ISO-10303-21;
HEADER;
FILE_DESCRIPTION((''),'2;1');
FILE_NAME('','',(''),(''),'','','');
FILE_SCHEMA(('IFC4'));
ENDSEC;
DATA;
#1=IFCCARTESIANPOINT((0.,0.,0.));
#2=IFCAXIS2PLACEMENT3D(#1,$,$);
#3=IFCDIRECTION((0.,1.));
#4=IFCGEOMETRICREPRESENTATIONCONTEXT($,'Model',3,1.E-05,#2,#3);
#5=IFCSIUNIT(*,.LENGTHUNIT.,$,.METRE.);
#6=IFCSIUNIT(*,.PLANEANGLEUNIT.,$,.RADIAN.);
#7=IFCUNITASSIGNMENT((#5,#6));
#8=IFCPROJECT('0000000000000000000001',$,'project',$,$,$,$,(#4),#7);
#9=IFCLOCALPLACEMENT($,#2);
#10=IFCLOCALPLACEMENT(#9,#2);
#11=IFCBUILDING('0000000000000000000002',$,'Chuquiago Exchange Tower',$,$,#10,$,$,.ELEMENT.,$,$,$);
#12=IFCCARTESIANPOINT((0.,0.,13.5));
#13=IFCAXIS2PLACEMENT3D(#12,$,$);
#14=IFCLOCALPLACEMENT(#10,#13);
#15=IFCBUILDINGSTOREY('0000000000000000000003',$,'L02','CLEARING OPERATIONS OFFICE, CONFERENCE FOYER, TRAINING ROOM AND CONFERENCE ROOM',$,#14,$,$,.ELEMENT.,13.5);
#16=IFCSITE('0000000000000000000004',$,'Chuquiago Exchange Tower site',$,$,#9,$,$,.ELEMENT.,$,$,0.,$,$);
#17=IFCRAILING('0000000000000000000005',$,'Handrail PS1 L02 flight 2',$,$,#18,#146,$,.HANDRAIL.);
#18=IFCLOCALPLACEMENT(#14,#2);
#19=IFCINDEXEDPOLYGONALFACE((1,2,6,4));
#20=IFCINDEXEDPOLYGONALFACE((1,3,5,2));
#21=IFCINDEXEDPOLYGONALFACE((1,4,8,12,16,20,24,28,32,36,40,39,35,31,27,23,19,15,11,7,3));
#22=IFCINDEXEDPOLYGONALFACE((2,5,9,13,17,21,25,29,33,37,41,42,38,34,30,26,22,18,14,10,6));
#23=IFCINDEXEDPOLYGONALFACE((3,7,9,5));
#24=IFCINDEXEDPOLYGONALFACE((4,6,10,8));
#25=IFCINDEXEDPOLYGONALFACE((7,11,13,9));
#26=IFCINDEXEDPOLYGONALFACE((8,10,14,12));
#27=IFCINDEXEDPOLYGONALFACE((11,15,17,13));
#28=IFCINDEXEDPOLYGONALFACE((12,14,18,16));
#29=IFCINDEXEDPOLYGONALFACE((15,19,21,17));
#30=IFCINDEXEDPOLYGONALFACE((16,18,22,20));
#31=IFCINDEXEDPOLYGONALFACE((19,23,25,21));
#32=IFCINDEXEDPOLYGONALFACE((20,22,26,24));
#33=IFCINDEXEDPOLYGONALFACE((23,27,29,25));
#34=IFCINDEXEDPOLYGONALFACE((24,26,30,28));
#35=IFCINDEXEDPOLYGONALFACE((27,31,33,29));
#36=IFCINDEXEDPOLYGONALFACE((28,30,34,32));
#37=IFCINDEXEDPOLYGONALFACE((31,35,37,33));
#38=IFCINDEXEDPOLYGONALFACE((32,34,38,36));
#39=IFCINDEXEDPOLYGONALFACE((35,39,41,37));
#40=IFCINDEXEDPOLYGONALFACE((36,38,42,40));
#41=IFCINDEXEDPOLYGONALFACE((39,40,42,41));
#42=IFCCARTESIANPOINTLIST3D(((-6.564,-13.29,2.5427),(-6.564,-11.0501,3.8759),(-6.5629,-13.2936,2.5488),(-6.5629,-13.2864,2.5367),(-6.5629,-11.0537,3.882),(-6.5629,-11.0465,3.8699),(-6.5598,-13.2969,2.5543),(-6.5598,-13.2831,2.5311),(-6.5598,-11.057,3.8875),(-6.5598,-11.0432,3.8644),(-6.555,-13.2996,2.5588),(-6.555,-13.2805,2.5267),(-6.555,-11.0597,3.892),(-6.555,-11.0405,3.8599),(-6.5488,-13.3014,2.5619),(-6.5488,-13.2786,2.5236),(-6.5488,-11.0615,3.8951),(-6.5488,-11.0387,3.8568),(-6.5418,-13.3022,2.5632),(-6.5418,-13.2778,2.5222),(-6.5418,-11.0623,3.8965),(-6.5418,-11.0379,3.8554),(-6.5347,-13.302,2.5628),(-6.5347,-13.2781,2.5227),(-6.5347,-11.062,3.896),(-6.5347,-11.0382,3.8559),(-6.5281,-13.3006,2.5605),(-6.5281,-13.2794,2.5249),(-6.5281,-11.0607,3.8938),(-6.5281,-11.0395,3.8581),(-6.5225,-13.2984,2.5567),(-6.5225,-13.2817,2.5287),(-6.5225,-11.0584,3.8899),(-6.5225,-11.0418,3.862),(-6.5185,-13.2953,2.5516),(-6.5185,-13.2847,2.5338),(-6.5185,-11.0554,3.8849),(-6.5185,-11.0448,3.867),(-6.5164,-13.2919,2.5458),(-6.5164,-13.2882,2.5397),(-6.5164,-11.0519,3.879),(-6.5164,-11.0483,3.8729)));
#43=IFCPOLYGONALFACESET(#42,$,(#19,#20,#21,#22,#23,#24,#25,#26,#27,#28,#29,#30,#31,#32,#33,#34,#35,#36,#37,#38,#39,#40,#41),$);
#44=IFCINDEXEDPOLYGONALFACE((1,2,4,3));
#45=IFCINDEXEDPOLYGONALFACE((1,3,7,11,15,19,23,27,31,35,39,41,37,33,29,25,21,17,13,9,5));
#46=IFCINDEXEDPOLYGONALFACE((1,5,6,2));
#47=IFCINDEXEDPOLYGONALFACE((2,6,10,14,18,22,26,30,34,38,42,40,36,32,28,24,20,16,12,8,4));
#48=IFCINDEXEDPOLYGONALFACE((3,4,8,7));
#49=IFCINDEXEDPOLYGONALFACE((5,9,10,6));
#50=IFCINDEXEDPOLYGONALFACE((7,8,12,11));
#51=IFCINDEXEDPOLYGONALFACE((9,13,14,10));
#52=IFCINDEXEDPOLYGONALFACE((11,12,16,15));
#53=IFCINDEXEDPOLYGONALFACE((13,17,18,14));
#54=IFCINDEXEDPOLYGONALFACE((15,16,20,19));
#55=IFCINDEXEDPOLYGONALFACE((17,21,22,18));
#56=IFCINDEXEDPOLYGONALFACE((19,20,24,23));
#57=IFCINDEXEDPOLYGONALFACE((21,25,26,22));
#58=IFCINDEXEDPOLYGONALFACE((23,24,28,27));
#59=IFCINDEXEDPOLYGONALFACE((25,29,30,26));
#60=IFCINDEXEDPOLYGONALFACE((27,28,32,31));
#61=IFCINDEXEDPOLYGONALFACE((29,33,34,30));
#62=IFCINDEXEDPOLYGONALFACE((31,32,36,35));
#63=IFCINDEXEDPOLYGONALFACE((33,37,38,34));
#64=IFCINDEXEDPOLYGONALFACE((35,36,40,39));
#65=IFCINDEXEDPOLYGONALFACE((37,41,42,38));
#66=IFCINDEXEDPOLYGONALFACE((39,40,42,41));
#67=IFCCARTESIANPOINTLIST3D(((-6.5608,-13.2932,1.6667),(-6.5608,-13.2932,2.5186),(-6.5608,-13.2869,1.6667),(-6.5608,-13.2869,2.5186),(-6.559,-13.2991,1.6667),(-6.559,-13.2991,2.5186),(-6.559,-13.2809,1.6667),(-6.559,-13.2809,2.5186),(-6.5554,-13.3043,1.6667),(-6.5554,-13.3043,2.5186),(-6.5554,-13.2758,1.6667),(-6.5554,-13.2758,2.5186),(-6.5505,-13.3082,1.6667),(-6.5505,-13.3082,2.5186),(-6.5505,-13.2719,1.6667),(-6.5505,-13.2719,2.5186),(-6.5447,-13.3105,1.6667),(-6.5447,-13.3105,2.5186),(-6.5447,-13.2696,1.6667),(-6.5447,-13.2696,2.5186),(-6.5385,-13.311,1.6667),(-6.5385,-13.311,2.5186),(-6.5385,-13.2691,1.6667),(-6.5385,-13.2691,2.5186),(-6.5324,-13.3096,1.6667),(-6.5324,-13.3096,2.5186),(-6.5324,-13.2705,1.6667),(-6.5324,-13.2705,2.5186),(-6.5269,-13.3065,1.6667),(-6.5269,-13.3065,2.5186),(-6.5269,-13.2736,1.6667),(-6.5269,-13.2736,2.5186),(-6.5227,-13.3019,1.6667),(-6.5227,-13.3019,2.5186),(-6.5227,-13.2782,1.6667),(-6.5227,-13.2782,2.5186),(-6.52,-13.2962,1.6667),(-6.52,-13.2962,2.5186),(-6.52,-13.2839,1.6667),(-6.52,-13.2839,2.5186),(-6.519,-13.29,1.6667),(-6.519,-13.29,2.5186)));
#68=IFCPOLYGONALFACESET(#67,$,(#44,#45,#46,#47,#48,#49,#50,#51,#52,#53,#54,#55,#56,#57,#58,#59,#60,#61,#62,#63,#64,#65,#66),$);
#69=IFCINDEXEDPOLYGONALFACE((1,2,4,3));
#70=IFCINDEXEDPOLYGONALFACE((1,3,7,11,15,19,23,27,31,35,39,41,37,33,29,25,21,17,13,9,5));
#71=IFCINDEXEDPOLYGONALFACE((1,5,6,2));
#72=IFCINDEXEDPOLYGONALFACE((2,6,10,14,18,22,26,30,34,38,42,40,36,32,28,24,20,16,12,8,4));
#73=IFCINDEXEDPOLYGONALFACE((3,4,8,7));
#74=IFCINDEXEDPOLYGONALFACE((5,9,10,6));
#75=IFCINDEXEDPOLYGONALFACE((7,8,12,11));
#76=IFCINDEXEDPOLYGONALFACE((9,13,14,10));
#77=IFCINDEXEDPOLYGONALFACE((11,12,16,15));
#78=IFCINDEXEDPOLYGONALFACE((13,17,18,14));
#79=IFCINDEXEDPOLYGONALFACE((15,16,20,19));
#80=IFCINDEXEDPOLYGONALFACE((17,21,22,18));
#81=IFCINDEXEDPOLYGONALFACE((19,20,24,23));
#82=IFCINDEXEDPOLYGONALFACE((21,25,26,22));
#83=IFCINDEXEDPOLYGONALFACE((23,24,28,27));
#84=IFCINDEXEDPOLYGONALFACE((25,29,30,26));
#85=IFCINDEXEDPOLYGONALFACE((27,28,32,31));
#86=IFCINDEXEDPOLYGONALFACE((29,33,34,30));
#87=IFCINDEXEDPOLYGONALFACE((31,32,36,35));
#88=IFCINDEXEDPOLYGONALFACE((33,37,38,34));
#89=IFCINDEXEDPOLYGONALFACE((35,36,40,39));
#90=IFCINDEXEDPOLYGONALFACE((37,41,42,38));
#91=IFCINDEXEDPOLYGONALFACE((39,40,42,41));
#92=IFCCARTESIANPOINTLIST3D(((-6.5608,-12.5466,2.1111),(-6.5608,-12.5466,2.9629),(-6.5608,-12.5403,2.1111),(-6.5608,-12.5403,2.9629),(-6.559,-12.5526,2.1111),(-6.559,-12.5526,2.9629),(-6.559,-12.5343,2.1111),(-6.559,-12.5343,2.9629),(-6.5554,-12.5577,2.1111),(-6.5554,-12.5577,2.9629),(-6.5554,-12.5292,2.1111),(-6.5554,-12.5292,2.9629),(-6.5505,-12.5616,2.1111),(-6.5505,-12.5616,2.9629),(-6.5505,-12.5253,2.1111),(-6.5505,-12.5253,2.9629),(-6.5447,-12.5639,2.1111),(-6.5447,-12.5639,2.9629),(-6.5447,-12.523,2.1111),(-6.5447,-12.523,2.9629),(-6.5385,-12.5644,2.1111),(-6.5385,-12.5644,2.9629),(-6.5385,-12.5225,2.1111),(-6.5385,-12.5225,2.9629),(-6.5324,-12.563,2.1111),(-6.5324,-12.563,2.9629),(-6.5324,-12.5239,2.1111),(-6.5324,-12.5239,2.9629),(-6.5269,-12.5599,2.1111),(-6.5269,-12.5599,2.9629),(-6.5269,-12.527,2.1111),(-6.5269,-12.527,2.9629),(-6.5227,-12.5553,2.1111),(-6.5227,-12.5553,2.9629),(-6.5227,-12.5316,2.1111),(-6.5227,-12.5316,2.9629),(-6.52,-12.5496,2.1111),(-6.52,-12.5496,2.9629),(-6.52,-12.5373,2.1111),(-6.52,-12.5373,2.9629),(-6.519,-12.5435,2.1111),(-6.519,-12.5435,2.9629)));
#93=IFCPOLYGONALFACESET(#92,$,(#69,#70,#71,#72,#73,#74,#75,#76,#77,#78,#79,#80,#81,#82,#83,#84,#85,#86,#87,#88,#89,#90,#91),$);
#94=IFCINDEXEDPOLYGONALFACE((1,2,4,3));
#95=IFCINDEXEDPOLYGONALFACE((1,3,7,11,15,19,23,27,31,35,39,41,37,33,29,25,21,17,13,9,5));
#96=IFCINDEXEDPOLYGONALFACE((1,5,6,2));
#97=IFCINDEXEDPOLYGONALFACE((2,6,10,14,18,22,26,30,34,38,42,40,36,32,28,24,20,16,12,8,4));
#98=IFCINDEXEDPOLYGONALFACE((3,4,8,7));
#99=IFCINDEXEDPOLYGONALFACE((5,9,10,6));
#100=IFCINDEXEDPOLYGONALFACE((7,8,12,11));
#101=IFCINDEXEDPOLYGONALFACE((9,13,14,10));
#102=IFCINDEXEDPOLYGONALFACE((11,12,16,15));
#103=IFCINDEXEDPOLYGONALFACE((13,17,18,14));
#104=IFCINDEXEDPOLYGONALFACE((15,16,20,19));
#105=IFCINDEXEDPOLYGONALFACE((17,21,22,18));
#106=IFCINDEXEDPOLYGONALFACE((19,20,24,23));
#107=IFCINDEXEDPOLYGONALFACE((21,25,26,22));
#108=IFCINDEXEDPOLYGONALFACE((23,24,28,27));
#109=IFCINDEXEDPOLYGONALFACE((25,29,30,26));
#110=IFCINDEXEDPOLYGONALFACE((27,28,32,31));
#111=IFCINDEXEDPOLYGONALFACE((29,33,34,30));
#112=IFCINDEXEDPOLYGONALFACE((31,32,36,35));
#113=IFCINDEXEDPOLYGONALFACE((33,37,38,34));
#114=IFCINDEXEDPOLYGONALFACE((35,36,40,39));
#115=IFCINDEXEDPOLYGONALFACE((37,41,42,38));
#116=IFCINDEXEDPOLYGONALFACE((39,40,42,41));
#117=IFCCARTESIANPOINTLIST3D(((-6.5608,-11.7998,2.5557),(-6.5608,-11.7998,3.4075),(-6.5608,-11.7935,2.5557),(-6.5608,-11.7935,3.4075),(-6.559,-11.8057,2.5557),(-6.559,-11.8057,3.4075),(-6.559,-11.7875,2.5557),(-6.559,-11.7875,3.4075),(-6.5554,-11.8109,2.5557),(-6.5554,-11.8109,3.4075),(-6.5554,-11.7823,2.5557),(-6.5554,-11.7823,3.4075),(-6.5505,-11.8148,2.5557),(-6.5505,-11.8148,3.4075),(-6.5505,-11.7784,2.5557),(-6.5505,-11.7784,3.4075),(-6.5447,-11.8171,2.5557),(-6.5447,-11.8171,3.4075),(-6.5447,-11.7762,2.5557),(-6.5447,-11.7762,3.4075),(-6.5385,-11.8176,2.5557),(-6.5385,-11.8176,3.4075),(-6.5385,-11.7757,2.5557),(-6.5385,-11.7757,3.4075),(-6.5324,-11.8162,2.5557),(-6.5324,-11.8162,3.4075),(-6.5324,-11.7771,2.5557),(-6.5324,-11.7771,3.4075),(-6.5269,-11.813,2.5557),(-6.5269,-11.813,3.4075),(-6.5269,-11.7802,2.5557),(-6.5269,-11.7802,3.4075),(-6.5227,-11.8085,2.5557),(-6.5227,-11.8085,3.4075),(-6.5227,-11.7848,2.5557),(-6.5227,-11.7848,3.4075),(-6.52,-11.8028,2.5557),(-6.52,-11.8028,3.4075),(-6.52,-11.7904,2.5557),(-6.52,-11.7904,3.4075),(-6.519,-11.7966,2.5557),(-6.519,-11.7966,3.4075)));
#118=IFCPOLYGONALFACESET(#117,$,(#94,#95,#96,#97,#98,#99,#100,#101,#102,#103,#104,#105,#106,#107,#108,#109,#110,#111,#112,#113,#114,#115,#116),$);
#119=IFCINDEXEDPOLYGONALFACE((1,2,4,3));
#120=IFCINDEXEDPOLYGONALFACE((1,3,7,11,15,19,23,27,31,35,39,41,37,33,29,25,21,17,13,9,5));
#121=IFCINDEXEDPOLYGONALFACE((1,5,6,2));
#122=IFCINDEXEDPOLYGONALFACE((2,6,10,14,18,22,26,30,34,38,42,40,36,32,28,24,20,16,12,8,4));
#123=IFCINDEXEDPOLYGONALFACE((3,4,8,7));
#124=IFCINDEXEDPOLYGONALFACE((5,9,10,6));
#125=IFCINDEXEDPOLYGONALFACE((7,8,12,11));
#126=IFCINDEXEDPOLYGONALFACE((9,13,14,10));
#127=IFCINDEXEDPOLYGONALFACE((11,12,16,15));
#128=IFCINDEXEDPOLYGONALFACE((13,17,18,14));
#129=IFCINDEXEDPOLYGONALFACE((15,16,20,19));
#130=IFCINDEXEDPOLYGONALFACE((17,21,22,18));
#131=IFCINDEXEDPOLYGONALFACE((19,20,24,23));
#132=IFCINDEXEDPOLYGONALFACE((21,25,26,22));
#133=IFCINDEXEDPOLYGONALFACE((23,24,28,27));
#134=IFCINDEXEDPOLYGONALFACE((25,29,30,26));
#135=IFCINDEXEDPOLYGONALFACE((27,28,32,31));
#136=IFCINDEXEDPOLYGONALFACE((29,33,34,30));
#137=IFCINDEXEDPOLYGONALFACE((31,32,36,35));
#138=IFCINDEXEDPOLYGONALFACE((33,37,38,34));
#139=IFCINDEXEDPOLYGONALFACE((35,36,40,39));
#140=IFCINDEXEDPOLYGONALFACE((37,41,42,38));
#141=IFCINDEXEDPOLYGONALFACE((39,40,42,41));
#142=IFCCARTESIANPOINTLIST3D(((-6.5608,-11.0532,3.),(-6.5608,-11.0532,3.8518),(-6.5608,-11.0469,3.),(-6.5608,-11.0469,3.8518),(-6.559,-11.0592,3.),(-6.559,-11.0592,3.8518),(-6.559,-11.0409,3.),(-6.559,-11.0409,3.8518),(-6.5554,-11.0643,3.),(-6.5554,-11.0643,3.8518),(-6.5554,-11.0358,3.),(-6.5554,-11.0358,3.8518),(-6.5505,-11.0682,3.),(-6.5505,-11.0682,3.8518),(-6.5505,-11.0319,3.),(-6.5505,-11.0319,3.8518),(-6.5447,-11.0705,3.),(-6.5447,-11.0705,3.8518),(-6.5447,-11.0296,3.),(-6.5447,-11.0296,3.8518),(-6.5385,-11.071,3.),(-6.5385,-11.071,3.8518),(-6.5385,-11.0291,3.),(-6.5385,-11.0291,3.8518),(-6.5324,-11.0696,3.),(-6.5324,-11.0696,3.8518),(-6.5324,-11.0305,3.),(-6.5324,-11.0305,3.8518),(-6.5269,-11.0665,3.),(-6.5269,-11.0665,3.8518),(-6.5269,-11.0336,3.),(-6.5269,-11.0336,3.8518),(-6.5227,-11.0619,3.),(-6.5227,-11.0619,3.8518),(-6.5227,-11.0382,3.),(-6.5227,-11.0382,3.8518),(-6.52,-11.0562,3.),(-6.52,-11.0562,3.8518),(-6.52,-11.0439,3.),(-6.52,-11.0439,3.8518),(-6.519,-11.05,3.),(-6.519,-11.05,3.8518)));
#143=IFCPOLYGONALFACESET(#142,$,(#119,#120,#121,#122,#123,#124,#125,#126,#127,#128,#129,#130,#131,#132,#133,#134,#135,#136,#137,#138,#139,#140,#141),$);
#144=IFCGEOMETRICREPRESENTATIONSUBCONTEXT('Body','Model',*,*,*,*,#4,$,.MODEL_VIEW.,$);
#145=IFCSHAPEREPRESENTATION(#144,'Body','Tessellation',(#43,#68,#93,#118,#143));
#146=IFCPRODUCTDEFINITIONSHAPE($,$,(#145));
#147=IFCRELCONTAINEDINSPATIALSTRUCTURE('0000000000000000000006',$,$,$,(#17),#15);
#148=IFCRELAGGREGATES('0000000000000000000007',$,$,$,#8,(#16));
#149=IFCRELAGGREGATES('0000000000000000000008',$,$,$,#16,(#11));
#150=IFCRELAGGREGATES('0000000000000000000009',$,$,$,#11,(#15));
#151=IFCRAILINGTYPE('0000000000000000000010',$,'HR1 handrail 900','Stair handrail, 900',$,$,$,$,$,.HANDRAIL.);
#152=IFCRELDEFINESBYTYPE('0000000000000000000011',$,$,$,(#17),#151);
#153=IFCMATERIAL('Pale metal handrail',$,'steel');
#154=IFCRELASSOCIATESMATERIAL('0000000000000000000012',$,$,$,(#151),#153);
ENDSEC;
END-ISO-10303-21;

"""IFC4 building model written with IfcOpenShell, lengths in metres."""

from ifc_helpers import new_model, si_unit, direction, frame, origin, origin_2d, place, context, subcontext, project, spatial, circle, extrude, material, type_object, element, save


model = new_model("IFC4")

# Units and contexts
model_context = context("Model", 3, precision=1e-05, world=origin(), true_north=direction((0.0, 1.0)))
body_context = subcontext(model_context, "Body", "Model", "MODEL_VIEW")
ifc_project = project(units=[si_unit("LENGTHUNIT", "METRE"), si_unit("PLANEANGLEUNIT", "RADIAN")], contexts=[model_context])

# Site, building, storey
site_placement = place(None, origin())
site = spatial("IfcSite", under=ifc_project, at=site_placement, Name="Chuquiago Exchange Tower site", CompositionType="ELEMENT", RefElevation=0.0)
building_placement = place(site_placement, origin())
building = spatial("IfcBuilding", under=site, at=building_placement, Name="Chuquiago Exchange Tower", CompositionType="ELEMENT")
storey_placement = place(building_placement, frame((0.0, 0.0, 13.5)))
storey = spatial("IfcBuildingStorey", under=building, at=storey_placement, Name="L02", Description="CLEARING OPERATIONS OFFICE, CONFERENCE FOYER, TRAINING ROOM AND CONFERENCE ROOM", CompositionType="ELEMENT", Elevation=13.5)

# Railing
ifc_material_1 = material(Name="Pale metal handrail", Category="steel")
railing_type = type_object("IfcRailingType", Name="HR1 handrail 900", Description="Stair handrail, 900", PredefinedType="HANDRAIL", material=ifc_material_1)
railing_1_placement = place(storey_placement, frame((-6.54, -13.29, 1.6667)))
element("IfcRailing", 1, at=railing_1_placement, inside=storey, type_object=railing_type, Name="Handrail PS1 L02 flight 2", PredefinedType="HANDRAIL", context=body_context, shape_type="SweptSolid", body=[
    extrude(circle(Radius=0.0239, at=origin_2d()), frame((0.0, 0.0, 0.876), z_axis=(0.0, 0.859306, 0.511462), x_axis=(-1.0, 0.0, 0.0)), (0.0, 0.0, 1.0), 2.6067),
    extrude(circle(Radius=0.021, at=origin_2d()), origin(), (0.0, 0.0, 1.0), 0.8518),
    extrude(circle(Radius=0.021, at=origin_2d()), frame((0.0, 0.7466, 0.4443)), (0.0, 0.0, 1.0), 0.8518),
    extrude(circle(Radius=0.021, at=origin_2d()), frame((0.0, 1.4934, 0.8889)), (0.0, 0.0, 1.0), 0.8518),
    extrude(circle(Radius=0.021, at=origin_2d()), frame((0.0, 2.24, 1.3333)), (0.0, 0.0, 1.0), 0.8518),
])

save(model, "model.ifc")
